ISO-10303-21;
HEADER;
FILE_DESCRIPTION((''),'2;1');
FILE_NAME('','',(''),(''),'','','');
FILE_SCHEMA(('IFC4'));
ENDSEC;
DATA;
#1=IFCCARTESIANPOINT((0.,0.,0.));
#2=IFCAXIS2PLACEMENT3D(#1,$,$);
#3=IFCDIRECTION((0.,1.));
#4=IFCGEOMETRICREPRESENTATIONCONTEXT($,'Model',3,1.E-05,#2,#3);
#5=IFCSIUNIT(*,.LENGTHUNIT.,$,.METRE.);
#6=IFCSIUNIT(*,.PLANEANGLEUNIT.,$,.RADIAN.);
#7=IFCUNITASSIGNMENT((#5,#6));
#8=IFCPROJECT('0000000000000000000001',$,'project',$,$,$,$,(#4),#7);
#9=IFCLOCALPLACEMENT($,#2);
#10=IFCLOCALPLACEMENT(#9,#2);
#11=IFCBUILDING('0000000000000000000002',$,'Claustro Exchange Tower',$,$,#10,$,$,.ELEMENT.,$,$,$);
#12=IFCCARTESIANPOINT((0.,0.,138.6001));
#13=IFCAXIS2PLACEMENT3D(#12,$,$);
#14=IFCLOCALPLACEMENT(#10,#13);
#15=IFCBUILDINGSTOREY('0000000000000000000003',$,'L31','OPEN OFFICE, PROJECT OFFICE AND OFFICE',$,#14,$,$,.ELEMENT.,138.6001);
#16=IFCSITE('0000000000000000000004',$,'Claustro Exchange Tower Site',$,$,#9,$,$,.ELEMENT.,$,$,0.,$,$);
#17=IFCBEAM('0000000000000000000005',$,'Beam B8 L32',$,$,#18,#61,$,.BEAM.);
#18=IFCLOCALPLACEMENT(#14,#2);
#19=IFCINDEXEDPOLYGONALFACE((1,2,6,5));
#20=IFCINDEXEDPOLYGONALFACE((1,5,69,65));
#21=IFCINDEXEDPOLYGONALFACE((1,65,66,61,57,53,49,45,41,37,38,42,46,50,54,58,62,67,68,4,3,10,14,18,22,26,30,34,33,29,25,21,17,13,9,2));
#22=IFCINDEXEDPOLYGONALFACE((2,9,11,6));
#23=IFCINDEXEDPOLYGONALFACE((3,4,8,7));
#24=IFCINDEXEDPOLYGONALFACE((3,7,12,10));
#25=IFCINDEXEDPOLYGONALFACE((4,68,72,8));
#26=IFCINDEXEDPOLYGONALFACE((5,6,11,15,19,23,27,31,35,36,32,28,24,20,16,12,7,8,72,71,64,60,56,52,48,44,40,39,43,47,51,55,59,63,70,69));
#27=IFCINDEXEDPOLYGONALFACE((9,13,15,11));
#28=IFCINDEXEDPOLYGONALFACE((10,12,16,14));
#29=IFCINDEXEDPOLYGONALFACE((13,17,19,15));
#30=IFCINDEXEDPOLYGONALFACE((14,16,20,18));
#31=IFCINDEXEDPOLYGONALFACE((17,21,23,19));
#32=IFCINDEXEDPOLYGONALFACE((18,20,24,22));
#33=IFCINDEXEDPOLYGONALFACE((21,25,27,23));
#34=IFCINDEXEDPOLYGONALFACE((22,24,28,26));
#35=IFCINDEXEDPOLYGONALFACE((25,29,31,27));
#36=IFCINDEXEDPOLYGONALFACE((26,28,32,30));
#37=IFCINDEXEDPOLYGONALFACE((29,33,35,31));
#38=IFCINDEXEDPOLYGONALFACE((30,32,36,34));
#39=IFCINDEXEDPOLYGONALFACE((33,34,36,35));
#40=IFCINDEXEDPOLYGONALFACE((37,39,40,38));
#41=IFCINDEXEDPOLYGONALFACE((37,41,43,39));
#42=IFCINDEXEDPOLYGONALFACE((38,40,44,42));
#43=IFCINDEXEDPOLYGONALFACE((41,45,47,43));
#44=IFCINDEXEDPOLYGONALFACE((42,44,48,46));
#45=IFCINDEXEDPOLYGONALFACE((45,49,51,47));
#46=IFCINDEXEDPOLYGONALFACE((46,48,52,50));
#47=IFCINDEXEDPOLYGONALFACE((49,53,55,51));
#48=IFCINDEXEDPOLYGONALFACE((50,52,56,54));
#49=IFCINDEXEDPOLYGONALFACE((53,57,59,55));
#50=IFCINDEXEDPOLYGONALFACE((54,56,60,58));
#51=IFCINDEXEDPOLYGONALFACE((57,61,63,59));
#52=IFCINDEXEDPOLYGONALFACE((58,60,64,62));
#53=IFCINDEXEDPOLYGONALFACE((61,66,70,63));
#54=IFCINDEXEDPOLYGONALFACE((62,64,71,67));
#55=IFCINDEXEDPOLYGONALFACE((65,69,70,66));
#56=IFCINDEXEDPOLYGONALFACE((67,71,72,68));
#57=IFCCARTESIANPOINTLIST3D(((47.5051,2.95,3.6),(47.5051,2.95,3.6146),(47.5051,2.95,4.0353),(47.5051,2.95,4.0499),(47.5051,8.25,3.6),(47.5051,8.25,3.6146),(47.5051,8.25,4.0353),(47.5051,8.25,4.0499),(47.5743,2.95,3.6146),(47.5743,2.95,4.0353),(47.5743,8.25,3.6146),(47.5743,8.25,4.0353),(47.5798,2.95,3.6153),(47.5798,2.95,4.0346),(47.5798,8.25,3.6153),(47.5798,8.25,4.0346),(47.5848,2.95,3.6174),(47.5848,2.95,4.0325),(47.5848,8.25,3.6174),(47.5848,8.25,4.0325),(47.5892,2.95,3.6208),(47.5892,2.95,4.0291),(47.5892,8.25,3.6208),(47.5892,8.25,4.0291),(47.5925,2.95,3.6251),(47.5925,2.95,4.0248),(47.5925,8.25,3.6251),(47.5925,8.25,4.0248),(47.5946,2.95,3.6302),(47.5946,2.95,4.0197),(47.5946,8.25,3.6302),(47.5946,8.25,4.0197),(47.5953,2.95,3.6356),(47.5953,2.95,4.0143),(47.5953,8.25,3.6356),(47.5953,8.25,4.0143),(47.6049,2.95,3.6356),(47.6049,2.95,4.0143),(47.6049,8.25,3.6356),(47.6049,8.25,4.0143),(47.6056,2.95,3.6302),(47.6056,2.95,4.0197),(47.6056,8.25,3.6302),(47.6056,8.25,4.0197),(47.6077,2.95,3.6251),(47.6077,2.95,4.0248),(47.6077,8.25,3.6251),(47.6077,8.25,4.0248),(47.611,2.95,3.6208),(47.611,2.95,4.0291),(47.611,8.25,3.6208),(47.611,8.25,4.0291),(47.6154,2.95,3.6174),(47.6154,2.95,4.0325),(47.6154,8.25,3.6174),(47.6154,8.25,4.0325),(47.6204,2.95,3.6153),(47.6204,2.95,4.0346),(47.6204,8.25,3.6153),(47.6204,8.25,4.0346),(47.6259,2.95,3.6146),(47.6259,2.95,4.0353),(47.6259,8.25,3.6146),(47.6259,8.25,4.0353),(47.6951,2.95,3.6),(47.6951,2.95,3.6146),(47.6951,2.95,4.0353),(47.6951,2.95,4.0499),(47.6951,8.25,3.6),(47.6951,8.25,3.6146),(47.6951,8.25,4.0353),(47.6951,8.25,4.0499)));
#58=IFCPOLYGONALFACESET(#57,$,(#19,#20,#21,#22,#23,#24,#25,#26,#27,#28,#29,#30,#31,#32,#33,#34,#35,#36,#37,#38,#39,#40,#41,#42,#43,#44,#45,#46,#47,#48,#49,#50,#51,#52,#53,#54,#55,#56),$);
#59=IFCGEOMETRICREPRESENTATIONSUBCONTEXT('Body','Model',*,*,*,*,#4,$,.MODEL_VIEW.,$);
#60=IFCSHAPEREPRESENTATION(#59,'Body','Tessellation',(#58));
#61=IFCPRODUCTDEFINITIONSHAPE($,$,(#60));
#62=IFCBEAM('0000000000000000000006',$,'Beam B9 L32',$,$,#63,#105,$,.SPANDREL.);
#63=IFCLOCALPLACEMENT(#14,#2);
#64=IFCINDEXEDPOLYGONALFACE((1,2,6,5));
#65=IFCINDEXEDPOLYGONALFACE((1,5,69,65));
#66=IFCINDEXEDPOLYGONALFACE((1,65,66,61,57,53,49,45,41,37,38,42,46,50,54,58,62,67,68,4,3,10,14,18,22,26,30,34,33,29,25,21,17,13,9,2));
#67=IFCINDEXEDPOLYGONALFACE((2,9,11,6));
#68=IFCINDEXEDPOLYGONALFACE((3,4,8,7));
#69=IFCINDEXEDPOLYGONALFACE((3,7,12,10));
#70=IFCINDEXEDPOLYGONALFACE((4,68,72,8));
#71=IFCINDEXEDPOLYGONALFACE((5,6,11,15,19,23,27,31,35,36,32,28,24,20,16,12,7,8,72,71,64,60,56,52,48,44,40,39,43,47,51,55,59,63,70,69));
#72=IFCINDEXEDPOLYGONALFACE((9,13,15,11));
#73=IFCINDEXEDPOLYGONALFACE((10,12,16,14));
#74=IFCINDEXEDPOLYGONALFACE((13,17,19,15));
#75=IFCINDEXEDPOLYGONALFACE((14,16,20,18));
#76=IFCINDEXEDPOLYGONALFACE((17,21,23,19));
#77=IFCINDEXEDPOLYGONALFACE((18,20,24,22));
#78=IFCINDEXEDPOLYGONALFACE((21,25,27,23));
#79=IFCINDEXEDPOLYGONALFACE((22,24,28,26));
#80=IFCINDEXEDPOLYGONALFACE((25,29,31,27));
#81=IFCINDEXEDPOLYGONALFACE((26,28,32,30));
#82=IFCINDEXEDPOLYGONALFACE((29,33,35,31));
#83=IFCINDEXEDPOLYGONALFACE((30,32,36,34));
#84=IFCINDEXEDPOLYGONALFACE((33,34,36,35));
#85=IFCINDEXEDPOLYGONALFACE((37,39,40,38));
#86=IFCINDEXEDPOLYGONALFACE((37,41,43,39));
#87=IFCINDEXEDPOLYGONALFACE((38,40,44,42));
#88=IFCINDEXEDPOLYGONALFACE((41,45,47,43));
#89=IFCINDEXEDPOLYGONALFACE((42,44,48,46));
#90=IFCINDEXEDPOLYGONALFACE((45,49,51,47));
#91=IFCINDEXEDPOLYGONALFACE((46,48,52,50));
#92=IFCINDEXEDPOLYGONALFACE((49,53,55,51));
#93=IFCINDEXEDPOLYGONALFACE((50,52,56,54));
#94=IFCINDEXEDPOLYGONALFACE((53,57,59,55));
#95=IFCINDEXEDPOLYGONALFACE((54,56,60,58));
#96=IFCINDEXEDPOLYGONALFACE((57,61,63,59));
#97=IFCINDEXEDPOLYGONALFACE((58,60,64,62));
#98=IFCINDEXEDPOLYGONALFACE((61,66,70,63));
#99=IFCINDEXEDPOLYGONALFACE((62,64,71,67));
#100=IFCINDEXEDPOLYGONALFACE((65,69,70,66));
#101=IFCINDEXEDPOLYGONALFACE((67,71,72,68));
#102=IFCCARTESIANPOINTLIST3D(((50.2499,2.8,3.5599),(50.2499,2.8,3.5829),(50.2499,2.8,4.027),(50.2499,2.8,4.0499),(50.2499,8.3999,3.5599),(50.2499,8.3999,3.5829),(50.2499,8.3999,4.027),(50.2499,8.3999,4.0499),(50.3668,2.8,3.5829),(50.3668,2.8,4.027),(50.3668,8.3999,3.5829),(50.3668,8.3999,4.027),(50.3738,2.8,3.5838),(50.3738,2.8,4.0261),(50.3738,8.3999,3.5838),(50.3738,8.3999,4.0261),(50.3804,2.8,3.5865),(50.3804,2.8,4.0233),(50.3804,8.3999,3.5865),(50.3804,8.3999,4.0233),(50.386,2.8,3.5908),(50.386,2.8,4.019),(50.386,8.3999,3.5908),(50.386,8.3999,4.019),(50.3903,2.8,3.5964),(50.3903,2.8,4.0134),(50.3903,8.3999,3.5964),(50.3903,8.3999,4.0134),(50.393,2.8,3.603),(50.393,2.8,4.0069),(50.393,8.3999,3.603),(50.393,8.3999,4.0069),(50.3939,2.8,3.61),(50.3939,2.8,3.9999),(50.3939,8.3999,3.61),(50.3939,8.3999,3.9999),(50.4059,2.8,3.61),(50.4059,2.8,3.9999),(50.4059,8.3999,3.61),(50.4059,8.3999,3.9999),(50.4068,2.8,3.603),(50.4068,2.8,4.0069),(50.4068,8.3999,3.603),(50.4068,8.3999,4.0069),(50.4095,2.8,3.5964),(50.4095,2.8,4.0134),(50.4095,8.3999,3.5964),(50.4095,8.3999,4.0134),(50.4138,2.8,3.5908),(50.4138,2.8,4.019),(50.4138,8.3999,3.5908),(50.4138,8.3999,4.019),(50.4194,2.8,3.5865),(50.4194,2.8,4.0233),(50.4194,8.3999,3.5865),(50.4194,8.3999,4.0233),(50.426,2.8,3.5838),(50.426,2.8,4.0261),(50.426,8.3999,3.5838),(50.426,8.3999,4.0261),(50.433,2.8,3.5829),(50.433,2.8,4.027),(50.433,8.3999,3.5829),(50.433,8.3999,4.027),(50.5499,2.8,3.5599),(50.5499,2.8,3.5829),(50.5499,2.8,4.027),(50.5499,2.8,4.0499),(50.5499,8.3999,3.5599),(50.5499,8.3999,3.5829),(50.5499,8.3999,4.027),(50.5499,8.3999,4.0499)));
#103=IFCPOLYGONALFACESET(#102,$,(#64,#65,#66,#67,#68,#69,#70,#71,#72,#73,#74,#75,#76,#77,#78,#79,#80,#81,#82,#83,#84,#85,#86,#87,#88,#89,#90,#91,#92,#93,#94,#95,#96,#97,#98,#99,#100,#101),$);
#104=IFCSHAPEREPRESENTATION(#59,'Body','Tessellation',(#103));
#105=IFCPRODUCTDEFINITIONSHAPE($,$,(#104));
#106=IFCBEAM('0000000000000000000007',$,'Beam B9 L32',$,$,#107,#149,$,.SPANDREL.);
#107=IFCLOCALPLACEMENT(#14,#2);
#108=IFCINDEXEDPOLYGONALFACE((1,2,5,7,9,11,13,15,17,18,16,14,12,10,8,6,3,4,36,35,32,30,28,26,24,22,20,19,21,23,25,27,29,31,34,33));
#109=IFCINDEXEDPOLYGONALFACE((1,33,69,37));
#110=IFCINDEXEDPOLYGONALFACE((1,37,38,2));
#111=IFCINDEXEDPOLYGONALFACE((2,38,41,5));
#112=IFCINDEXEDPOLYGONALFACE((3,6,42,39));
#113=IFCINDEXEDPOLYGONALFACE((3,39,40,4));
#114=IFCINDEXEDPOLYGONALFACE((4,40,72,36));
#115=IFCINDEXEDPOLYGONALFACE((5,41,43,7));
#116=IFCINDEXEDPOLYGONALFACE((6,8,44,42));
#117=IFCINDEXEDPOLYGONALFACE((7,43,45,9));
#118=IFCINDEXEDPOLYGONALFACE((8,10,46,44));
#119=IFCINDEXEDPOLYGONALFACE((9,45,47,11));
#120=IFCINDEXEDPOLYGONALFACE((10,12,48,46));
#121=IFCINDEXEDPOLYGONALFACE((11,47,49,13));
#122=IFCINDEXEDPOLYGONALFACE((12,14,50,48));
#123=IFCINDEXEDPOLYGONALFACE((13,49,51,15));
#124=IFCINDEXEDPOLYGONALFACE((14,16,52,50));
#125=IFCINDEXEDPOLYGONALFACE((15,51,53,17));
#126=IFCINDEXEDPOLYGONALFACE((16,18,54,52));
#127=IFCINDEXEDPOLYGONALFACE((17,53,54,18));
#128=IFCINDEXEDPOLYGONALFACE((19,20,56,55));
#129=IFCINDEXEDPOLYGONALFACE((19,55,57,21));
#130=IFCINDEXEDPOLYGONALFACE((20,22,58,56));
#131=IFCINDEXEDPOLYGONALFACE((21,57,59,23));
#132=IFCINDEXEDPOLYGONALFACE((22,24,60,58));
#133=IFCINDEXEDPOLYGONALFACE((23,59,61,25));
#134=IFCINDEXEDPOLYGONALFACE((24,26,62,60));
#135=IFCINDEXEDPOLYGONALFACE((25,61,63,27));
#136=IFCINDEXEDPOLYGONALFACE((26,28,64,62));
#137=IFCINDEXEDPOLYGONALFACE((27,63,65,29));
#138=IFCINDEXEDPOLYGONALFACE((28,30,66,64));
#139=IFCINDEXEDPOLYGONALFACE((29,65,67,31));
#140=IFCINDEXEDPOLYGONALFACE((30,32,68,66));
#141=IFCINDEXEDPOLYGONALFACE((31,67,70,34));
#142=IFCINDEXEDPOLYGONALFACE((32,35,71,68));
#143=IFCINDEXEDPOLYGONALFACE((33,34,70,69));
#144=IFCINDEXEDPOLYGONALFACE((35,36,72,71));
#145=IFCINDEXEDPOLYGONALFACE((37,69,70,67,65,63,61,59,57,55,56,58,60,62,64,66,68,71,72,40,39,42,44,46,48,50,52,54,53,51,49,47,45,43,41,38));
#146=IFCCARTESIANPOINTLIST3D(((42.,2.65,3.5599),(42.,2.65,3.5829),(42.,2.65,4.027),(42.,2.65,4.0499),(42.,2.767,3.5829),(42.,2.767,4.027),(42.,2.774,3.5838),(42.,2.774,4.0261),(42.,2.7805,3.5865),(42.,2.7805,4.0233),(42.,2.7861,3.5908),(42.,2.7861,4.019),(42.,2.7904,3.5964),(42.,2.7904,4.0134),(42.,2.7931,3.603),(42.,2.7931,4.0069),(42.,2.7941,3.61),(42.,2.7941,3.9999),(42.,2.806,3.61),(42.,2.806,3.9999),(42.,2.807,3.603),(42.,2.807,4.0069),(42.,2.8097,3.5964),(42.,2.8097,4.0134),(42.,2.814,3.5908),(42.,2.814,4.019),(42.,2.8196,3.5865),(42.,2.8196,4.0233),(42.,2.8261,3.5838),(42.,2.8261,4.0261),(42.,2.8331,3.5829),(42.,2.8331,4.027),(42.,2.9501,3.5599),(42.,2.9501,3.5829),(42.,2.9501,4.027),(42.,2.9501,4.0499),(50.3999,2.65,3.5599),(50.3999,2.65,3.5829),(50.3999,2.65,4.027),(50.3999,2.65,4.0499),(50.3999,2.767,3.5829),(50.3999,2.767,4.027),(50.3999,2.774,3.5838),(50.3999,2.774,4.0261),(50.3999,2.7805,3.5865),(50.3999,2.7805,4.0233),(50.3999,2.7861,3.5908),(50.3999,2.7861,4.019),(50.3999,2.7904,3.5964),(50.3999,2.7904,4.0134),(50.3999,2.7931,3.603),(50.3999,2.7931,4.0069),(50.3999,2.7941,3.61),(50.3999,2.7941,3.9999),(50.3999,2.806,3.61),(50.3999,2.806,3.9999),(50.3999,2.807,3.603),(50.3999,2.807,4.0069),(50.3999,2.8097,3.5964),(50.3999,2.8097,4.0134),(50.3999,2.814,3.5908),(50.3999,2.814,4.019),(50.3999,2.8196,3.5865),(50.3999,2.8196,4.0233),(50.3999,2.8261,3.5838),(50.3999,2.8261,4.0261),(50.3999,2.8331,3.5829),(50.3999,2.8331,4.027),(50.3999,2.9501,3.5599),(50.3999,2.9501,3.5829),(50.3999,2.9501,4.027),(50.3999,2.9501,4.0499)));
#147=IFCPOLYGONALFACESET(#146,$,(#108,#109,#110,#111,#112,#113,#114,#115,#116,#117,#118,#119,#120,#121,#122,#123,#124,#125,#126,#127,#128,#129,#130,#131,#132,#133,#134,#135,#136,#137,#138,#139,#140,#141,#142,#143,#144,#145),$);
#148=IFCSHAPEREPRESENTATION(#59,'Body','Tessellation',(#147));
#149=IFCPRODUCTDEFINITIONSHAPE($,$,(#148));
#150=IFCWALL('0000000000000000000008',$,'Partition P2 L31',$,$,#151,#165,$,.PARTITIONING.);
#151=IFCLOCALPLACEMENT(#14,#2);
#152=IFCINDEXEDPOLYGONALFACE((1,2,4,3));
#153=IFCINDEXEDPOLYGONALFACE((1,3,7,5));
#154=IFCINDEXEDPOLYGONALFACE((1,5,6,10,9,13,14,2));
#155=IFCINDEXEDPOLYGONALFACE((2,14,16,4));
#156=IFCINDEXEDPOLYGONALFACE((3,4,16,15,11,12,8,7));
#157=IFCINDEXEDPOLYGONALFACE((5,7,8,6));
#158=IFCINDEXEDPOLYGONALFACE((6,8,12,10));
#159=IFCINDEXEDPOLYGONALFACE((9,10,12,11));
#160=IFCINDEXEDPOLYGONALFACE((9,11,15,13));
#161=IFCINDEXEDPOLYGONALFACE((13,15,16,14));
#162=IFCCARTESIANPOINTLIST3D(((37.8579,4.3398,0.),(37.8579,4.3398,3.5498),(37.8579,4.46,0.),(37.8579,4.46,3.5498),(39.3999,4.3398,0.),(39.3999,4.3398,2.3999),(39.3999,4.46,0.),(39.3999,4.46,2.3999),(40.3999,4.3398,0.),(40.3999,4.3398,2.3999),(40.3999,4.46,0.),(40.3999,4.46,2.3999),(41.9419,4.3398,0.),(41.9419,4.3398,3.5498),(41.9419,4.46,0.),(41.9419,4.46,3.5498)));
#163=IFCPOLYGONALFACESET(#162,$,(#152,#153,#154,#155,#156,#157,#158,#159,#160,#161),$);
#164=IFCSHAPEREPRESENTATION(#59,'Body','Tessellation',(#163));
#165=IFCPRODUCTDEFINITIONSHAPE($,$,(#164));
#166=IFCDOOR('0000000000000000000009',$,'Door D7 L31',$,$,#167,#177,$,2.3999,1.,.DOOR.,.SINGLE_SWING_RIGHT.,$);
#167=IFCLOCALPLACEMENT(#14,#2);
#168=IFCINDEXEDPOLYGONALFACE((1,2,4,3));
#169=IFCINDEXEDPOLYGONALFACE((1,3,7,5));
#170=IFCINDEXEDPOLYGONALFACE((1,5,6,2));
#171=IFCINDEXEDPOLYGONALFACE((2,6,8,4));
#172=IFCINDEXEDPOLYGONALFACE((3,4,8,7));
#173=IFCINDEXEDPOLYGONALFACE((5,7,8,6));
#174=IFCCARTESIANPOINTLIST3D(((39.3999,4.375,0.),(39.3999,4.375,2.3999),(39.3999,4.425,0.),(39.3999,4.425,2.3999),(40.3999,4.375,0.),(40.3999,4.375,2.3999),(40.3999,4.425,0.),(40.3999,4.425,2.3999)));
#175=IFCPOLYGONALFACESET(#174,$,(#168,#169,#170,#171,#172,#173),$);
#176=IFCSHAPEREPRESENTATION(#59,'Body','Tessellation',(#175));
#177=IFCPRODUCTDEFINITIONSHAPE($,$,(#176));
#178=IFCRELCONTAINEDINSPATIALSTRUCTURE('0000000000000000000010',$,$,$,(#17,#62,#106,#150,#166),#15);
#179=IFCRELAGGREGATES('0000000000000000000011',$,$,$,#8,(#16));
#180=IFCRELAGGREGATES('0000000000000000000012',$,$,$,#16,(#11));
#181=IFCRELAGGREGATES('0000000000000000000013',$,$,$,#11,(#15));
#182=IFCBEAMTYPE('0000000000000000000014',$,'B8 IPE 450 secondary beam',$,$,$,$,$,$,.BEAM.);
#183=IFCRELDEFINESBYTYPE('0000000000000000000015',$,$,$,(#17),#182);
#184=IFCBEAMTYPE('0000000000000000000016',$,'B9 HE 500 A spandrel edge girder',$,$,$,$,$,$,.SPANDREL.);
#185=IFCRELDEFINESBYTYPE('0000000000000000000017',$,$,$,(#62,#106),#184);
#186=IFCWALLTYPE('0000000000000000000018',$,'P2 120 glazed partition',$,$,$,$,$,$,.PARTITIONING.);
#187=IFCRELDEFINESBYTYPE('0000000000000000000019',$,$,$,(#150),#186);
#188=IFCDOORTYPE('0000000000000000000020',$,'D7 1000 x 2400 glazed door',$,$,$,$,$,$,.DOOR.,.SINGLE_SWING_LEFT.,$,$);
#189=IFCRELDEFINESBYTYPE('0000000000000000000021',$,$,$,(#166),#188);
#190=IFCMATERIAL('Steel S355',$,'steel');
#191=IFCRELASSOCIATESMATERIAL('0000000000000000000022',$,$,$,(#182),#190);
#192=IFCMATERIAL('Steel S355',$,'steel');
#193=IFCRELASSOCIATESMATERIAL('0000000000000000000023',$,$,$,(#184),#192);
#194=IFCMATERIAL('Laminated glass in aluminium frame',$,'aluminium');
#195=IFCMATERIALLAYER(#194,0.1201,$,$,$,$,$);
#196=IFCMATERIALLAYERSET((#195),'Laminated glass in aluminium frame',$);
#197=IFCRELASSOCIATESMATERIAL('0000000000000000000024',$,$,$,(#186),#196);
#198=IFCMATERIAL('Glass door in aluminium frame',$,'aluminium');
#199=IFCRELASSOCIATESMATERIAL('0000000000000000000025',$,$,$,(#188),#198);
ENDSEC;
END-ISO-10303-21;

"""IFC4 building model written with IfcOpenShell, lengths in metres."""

from ifc_helpers import new_model, si_unit, direction, frame, frame_2d, origin, origin_2d, place, context, subcontext, project, spatial, rectangle, i_section, extrude, material, layer, layer_set, material_profile, profile_set, type_object, element, fill, save


model = new_model("IFC4")

# Units and contexts
model_context = context("Model", 3, precision=1e-05, world=origin(), true_north=direction((0.0, 1.0)))
body_context = subcontext(model_context, "Body", "Model", "MODEL_VIEW")
ifc_project = project(units=[si_unit("LENGTHUNIT", "METRE"), si_unit("PLANEANGLEUNIT", "RADIAN")], contexts=[model_context])

# Site, building, storey
site_placement = place(None, origin())
site = spatial("IfcSite", under=ifc_project, at=site_placement, Name="Claustro Exchange Tower Site", CompositionType="ELEMENT", RefElevation=0.0)
building_placement = place(site_placement, origin())
building = spatial("IfcBuilding", under=site, at=building_placement, Name="Claustro Exchange Tower", CompositionType="ELEMENT")
storey_placement = place(building_placement, frame((0.0, 0.0, 138.6001)))
storey = spatial("IfcBuildingStorey", under=building, at=storey_placement, Name="L31", Description="OPEN OFFICE, PROJECT OFFICE AND OFFICE", CompositionType="ELEMENT", Elevation=138.6001)

# Beams
ifc_material_1 = material(Name="Steel S355", Category="steel")
ifc_material_profile_1 = material_profile(ifc_material_1, i_section(OverallWidth=0.1899, OverallDepth=0.45, WebThickness=0.0095, FlangeThickness=0.0146, FilletRadius=0.021, at=origin_2d()), Name="IPE 450")
ifc_profile_set_1 = profile_set([ifc_material_profile_1], Name="Steel S355")
beam_type_1 = type_object("IfcBeamType", Name="B8 IPE 450 secondary beam", PredefinedType="BEAM", material=ifc_profile_set_1)
for number, where, z_axis, x_axis, name in (
    (1, (47.6001, 2.95, 3.825), (0.0, 1.0, 0.0), (-1.0, 0.0, 0.0), "Beam B8 L32"),
):
    element("IfcBeam", number, at=place(storey_placement, frame(where, z_axis=z_axis, x_axis=x_axis)), inside=storey, type_object=beam_type_1, Name=name, PredefinedType="BEAM", context=body_context, shape_type="SweptSolid", body=[
        extrude(i_section(OverallWidth=0.1899, OverallDepth=0.45, WebThickness=0.0095, FlangeThickness=0.0146, FilletRadius=0.021, at=origin_2d()), origin(), (0.0, 0.0, 1.0), 5.3),
    ])
ifc_material_2 = material(Name="Steel S355", Category="steel")
ifc_material_profile_2 = material_profile(ifc_material_2, i_section(OverallWidth=0.3, OverallDepth=0.49, WebThickness=0.012, FlangeThickness=0.0229, FilletRadius=0.0271, at=origin_2d()), Name="HE 500 A")
ifc_profile_set_2 = profile_set([ifc_material_profile_2], Name="Steel S355")
beam_type_2 = type_object("IfcBeamType", Name="B9 HE 500 A spandrel edge girder", PredefinedType="SPANDREL", material=ifc_profile_set_2)
beam_1_placement = place(storey_placement, frame((50.3999, 2.8, 3.8049), z_axis=(0.0, 1.0, 0.0), x_axis=(-1.0, 0.0, 0.0)))
element("IfcBeam", 2, at=beam_1_placement, inside=storey, type_object=beam_type_2, Name="Beam B9 L32", PredefinedType="SPANDREL", context=body_context, shape_type="SweptSolid", body=[
    extrude(i_section(OverallWidth=0.3, OverallDepth=0.49, WebThickness=0.012, FlangeThickness=0.0229, FilletRadius=0.0271, at=origin_2d()), origin(), (0.0, 0.0, 1.0), 5.5999),
])
beam_2_placement = place(storey_placement, frame((42.0, 2.8, 3.8049), z_axis=(1.0, 0.0, 0.0), x_axis=(0.0, 1.0, 0.0)))
element("IfcBeam", 3, at=beam_2_placement, inside=storey, type_object=beam_type_2, Name="Beam B9 L32", PredefinedType="SPANDREL", context=body_context, shape_type="SweptSolid", body=[
    extrude(i_section(OverallWidth=0.3, OverallDepth=0.49, WebThickness=0.012, FlangeThickness=0.0229, FilletRadius=0.0271, at=origin_2d()), origin(), (0.0, 0.0, 1.0), 8.3999),
])

# Wall, opening, door
ifc_material_3 = material(Name="Laminated glass in aluminium frame", Category="aluminium")
ifc_layer_1 = layer(ifc_material_3, 0.1201)
ifc_layer_set_1 = layer_set([ifc_layer_1], Name="Laminated glass in aluminium frame")
wall_type_1 = type_object("IfcWallType", Name="P2 120 glazed partition", PredefinedType="PARTITIONING", material=ifc_layer_set_1)
wall_1_placement = place(storey_placement, frame((37.8579, 4.3999, 0.0), z_axis=(0.0, 0.0, 1.0), x_axis=(1.0, 0.0, 0.0)))
wall_1 = element("IfcWall", 4, at=wall_1_placement, inside=storey, type_object=wall_type_1, Name="Partition P2 L31", PredefinedType="PARTITIONING", context=body_context, shape_type="SweptSolid", body=[
    extrude(rectangle(XDim=4.084, YDim=0.1201, at=frame_2d((2.042, 0.0))), origin(), (0.0, 0.0, 1.0), 3.5498),
])
opening_1_placement = place(wall_1_placement, frame((1.542, 0.0, 0.0)))
opening_1 = element("IfcOpeningElement", 5, at=opening_1_placement, cuts=wall_1, PredefinedType="OPENING", context=body_context, shape_type="SweptSolid", body=[
    extrude(rectangle(XDim=1.0, YDim=2.3999, at=frame_2d((0.5, 1.2))), frame((0.0, 0.0701, 0.0), z_axis=(0.0, -1.0, 0.0), x_axis=(1.0, 0.0, 0.0)), (0.0, 0.0, 1.0), 0.1401),
])
ifc_material_4 = material(Name="Glass door in aluminium frame", Category="aluminium")
door_type = type_object("IfcDoorType", Name="D7 1000 x 2400 glazed door", OperationType="SINGLE_SWING_LEFT", PredefinedType="DOOR", material=ifc_material_4)
door_1_placement = place(opening_1_placement, frame((1.0, 0.0, 0.0), z_axis=(0.0, 0.0, 1.0), x_axis=(-1.0, 0.0, 0.0)))
door_1 = element("IfcDoor", 6, at=door_1_placement, inside=storey, type_object=door_type, Name="Door D7 L31", OperationType="SINGLE_SWING_RIGHT", OverallHeight=2.3999, OverallWidth=1.0, PredefinedType="DOOR", context=body_context, shape_type="SweptSolid", body=[
    extrude(rectangle(XDim=1.0, YDim=2.3999, at=frame_2d((0.5, 1.2))), frame((0.0, 0.0249, 0.0), z_axis=(0.0, -1.0, 0.0), x_axis=(1.0, 0.0, 0.0)), (0.0, 0.0, 1.0), 0.05),
])
fill(opening_1, door_1)

save(model, "model.ifc")
